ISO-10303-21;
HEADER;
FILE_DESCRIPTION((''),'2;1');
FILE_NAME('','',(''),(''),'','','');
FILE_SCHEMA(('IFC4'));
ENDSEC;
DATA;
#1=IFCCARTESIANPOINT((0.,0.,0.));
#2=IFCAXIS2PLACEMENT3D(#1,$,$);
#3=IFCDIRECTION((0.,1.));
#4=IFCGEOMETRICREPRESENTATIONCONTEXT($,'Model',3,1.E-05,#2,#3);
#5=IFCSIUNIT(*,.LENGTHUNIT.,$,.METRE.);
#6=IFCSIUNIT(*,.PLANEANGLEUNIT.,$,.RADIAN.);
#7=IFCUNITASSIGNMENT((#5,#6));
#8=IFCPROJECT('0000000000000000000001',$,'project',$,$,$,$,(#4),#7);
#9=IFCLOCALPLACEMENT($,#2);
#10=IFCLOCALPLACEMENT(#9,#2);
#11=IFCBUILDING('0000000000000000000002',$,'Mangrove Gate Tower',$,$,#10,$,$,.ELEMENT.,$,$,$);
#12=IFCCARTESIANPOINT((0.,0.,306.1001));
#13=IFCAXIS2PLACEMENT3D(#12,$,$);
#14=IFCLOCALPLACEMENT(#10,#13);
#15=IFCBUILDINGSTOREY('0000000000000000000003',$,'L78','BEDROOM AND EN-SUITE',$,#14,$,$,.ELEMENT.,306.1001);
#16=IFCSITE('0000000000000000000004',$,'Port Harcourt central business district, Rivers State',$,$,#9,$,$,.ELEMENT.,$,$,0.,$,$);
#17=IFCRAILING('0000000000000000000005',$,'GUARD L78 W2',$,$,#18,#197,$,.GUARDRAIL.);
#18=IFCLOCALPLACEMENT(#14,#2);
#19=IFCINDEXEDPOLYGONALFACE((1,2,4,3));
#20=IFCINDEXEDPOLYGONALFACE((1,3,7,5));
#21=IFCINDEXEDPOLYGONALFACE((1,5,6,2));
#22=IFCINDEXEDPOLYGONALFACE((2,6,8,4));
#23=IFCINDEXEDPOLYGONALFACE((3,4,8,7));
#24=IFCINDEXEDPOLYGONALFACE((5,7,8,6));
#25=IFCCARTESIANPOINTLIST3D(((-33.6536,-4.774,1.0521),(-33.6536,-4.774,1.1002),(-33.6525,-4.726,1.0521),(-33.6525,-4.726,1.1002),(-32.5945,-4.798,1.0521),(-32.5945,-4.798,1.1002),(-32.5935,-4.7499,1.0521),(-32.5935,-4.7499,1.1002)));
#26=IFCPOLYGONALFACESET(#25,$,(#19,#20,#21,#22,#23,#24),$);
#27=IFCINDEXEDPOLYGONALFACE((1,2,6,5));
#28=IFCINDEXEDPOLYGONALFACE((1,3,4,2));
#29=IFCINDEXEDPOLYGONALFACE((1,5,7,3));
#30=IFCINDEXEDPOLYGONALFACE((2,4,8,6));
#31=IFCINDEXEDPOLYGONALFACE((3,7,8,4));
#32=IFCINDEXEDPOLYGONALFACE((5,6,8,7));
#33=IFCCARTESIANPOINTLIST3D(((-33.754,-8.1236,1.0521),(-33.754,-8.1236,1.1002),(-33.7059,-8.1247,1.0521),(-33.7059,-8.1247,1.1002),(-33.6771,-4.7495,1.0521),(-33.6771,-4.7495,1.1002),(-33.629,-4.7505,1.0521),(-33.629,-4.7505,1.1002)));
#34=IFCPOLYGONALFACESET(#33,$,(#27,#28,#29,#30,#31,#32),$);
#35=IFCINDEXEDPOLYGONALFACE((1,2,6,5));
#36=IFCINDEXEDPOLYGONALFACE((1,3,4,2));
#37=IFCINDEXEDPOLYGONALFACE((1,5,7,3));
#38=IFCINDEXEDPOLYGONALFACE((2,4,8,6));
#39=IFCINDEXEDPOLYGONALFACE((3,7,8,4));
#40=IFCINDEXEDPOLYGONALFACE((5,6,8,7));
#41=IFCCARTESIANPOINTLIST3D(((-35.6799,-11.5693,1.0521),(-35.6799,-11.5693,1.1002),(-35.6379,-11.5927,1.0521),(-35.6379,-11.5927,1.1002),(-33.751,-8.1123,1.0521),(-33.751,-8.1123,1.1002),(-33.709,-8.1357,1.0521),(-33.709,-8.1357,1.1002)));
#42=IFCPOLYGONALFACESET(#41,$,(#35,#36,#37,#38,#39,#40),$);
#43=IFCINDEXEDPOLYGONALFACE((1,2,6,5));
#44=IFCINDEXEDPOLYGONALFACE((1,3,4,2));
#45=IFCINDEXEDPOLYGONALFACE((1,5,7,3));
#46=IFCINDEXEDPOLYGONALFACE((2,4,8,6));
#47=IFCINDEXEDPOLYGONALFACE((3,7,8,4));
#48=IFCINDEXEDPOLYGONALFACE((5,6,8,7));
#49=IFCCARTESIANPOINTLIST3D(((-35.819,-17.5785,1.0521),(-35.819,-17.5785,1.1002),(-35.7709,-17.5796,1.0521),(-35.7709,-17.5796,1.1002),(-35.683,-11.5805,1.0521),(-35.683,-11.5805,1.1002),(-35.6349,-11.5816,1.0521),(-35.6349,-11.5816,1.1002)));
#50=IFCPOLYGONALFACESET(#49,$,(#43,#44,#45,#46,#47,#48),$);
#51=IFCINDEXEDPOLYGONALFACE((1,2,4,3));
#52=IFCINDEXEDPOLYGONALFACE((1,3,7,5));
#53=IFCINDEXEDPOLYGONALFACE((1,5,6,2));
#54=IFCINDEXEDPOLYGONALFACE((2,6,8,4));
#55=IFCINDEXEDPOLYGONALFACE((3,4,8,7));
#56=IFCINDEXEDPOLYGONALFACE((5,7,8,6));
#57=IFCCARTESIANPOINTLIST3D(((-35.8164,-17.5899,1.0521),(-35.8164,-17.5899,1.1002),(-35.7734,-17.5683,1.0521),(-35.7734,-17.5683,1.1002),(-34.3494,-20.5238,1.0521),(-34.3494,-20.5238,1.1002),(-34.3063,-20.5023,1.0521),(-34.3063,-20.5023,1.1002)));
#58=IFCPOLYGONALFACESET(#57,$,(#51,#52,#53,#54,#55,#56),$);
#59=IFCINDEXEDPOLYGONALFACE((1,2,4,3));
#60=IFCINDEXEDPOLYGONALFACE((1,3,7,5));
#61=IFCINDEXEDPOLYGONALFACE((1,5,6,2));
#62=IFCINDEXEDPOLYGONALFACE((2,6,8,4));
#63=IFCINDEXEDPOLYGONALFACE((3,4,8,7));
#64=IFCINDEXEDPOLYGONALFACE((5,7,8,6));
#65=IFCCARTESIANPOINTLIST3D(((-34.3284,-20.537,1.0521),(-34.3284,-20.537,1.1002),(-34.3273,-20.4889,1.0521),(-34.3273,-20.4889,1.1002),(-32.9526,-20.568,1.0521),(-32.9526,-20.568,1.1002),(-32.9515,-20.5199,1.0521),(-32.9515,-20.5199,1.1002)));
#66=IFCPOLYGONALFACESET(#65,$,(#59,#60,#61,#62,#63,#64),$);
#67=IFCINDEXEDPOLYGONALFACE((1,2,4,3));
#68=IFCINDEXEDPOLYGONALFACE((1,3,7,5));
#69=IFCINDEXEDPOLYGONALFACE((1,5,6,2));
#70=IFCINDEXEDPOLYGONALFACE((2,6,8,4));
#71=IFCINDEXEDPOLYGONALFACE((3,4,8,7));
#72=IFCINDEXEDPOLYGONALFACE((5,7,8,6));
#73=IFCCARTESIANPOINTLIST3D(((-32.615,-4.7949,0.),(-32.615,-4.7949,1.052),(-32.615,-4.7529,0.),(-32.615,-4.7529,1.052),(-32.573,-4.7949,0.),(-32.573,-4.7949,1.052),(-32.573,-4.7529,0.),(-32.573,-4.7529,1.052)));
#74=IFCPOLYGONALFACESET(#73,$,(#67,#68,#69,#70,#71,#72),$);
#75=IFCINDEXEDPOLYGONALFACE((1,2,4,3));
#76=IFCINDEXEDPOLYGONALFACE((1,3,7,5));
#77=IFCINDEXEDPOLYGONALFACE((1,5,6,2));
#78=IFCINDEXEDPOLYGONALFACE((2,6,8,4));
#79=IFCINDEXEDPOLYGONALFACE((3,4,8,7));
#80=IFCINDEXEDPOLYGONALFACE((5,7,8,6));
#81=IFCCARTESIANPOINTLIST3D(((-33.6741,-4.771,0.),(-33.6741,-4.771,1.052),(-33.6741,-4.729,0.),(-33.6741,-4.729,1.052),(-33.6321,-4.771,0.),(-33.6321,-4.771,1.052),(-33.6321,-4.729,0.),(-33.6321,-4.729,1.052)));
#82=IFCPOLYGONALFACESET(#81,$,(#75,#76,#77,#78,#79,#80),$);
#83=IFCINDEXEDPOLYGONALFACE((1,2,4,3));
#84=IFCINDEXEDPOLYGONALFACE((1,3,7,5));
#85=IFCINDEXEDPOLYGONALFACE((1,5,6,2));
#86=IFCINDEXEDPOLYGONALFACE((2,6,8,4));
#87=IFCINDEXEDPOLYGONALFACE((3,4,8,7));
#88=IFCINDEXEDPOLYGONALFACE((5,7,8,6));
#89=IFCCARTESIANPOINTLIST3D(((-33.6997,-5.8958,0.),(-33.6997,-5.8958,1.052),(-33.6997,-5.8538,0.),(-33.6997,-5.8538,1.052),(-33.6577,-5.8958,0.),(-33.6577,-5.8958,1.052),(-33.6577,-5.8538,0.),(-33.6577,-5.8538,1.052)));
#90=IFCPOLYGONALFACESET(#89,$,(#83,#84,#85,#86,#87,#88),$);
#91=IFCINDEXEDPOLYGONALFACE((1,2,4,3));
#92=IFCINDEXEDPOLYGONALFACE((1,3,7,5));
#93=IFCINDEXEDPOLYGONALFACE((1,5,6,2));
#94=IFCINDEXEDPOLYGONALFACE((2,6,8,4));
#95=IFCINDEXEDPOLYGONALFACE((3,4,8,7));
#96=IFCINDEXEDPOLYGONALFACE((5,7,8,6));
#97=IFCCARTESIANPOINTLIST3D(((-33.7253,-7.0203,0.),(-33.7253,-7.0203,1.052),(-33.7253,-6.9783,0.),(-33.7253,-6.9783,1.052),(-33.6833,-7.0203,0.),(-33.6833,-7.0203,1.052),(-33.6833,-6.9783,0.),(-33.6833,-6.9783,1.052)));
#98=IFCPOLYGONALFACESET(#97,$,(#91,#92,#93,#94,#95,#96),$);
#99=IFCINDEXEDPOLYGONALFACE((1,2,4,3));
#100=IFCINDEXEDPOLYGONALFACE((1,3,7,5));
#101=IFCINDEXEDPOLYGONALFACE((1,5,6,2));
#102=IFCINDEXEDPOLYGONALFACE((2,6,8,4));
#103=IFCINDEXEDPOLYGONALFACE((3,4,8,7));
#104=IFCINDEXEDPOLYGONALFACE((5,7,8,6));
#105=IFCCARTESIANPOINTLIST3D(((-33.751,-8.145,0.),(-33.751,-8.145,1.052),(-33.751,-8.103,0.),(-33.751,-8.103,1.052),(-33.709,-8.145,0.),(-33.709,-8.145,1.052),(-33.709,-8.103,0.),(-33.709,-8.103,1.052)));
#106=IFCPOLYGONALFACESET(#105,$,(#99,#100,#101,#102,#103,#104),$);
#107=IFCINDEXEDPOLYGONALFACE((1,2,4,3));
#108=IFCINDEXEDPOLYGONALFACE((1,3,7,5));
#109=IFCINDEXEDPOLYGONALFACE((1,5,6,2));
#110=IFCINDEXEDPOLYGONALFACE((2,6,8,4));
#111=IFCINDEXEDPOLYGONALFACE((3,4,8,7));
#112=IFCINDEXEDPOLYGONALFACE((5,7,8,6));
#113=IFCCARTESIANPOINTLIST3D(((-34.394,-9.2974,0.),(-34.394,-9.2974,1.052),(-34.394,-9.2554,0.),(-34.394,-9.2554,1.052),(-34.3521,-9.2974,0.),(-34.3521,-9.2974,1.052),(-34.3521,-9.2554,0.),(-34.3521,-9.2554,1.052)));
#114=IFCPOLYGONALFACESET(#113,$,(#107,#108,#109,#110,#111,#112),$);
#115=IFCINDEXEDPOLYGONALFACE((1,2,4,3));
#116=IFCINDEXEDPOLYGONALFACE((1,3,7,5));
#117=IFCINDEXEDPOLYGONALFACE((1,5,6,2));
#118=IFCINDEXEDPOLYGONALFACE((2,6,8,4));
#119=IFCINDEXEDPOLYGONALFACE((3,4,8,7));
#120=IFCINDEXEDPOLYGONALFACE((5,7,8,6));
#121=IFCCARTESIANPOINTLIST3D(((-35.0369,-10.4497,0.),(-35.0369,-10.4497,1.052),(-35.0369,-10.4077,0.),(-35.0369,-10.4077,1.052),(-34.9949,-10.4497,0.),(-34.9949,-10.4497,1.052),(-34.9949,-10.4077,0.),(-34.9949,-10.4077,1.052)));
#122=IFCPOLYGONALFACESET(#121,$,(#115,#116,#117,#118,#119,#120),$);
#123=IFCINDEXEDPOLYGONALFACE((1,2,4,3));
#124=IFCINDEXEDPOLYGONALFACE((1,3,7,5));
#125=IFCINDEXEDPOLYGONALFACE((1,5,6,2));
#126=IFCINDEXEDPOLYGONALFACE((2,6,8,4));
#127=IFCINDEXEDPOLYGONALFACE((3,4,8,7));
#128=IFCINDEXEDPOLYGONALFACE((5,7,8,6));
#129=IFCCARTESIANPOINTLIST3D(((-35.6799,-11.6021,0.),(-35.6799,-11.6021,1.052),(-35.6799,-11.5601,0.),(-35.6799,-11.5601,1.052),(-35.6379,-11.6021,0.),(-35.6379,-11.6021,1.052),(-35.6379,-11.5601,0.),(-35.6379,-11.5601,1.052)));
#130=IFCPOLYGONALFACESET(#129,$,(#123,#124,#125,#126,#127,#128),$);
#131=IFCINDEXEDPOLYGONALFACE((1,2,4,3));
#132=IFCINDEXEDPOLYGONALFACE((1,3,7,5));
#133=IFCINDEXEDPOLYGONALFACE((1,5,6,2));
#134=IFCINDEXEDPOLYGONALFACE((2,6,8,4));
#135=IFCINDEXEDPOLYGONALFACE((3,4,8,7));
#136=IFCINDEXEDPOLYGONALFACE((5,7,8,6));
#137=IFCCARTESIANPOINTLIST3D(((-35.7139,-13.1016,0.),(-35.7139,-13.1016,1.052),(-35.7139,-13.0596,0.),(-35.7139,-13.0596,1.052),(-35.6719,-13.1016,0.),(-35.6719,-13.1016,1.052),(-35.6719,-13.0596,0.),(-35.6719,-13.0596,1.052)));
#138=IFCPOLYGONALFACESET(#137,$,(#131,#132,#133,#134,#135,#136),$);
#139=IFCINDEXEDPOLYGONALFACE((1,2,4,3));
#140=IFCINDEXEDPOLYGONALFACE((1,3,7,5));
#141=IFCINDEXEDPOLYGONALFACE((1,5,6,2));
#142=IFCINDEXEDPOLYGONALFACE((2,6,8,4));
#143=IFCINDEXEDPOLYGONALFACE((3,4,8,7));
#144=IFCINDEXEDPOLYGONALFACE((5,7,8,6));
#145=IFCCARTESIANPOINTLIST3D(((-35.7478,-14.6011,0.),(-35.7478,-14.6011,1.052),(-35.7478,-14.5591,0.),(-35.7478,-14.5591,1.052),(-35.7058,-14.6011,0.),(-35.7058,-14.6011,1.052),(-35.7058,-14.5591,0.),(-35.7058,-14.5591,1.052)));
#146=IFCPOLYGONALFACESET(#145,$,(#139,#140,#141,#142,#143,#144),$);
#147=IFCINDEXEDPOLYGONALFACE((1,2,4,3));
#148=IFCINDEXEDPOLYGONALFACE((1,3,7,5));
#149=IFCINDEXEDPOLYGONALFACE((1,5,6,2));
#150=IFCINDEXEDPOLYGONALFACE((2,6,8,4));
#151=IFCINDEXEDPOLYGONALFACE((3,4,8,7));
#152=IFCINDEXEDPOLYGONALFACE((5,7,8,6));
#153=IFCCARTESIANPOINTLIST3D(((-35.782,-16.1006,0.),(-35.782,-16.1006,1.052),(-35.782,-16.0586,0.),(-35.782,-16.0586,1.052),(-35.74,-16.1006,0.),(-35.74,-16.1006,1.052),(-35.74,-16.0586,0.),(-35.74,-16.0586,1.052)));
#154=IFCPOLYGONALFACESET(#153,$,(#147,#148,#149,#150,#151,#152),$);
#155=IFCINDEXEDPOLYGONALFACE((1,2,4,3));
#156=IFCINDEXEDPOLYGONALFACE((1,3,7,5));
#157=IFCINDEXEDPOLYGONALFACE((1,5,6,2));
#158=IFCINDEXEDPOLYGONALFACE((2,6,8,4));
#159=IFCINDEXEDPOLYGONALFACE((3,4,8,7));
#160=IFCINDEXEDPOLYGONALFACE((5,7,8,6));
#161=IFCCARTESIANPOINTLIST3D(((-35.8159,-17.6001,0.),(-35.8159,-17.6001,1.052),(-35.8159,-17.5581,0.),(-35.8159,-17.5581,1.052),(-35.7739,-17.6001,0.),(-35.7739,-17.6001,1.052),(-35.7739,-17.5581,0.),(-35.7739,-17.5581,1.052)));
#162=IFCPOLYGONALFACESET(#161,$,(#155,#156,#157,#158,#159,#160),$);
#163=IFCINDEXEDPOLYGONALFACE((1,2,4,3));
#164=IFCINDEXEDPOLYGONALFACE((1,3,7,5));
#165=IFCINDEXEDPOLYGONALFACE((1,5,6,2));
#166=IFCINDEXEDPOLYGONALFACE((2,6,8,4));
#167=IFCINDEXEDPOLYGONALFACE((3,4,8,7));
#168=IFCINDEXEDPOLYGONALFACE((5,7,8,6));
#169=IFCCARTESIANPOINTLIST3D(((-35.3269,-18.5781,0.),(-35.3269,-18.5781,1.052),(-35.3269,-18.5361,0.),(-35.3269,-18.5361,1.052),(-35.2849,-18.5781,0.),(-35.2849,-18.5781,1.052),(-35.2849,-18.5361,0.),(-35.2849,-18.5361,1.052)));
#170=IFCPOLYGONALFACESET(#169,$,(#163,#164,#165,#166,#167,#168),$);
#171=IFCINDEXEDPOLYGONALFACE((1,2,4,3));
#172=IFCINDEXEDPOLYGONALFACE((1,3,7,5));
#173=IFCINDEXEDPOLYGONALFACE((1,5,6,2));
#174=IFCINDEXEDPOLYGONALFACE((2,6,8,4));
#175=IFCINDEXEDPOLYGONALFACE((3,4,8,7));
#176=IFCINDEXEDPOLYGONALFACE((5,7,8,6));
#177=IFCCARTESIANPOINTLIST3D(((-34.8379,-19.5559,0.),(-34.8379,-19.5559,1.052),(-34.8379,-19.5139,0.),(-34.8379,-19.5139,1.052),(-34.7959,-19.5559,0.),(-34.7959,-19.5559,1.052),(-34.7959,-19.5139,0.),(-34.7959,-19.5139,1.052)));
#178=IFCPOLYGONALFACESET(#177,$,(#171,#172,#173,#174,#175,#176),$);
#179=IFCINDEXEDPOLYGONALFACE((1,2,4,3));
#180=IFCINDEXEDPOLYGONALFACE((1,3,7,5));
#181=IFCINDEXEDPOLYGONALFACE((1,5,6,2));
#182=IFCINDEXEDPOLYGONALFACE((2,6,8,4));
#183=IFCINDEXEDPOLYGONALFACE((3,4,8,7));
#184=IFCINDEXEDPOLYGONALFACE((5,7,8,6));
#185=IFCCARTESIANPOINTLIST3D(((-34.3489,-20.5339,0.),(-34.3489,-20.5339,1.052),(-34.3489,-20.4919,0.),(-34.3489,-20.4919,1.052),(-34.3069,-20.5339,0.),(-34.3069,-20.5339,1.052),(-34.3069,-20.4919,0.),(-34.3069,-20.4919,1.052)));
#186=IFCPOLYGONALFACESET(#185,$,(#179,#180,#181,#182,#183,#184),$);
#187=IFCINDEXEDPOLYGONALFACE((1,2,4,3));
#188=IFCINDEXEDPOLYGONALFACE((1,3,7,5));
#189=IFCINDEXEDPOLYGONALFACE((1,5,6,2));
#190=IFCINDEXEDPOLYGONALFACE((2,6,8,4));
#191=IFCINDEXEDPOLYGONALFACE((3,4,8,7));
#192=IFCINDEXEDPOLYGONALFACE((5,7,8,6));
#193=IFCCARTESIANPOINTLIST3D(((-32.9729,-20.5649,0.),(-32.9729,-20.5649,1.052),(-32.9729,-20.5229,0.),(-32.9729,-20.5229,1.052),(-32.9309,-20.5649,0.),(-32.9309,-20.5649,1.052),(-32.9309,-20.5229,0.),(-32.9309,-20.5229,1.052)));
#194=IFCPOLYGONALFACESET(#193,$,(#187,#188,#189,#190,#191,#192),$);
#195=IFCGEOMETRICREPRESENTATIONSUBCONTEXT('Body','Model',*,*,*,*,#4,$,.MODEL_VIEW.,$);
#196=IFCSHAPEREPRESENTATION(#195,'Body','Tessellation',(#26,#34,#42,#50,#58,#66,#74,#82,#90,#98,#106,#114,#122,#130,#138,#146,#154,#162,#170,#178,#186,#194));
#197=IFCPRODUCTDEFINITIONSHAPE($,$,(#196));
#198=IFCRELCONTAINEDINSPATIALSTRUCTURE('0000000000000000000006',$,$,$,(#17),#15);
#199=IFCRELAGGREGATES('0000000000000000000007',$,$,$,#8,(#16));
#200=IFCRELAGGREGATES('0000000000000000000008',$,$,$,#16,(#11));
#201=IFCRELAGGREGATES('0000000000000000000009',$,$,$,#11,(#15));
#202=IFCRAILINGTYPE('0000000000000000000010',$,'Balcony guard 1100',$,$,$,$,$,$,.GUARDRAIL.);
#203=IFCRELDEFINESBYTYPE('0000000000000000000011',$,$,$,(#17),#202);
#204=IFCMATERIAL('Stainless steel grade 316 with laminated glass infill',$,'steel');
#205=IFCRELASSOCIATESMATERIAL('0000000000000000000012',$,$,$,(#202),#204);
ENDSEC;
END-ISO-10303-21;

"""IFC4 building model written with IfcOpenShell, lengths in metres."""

from ifc_helpers import new_model, si_unit, direction, frame, origin, origin_2d, place, context, subcontext, project, spatial, rectangle, extrude, material, type_object, element, save


model = new_model("IFC4")

# Units and contexts
model_context = context("Model", 3, precision=1e-05, world=origin(), true_north=direction((0.0, 1.0)))
body_context = subcontext(model_context, "Body", "Model", "MODEL_VIEW")
ifc_project = project(units=[si_unit("LENGTHUNIT", "METRE"), si_unit("PLANEANGLEUNIT", "RADIAN")], contexts=[model_context])

# Site, building, storey
site_placement = place(None, origin())
site = spatial("IfcSite", under=ifc_project, at=site_placement, Name="Port Harcourt central business district, Rivers State", CompositionType="ELEMENT", RefElevation=0.0)
building_placement = place(site_placement, origin())
building = spatial("IfcBuilding", under=site, at=building_placement, Name="Mangrove Gate Tower", CompositionType="ELEMENT")
storey_placement = place(building_placement, frame((0.0, 0.0, 306.1001)))
storey = spatial("IfcBuildingStorey", under=building, at=storey_placement, Name="L78", Description="BEDROOM AND EN-SUITE", CompositionType="ELEMENT", Elevation=306.1001)

# Railing
ifc_material_1 = material(Name="Stainless steel grade 316 with laminated glass infill", Category="steel")
railing_type = type_object("IfcRailingType", Name="Balcony guard 1100", PredefinedType="GUARDRAIL", material=ifc_material_1)
railing_placement = place(storey_placement, frame((-32.594, -4.7739, 0.0)))
element("IfcRailing", 1, at=railing_placement, inside=storey, type_object=railing_type, Name="GUARD L78 W2", PredefinedType="GUARDRAIL", context=body_context, shape_type="SweptSolid", body=[
    extrude(rectangle(XDim=0.0481, YDim=0.0481, at=origin_2d()), frame((0.0, 0.0, 1.0762), z_axis=(-0.999745, 0.022585, 0.0), x_axis=(-0.022585, -0.999745, 0.0)), (0.0, 0.0, 1.0), 1.0593),
    extrude(rectangle(XDim=0.0481, YDim=0.0481, at=origin_2d()), frame((-1.0591, 0.0239, 1.0762), z_axis=(-0.022787, -0.99974, 0.0), x_axis=(0.99974, -0.022787, 0.0)), (0.0, 0.0, 1.0), 3.375),
    extrude(rectangle(XDim=0.0481, YDim=0.0481, at=origin_2d()), frame((-1.136, -3.3501, 1.0762), z_axis=(-0.48726, -0.873257, 0.0), x_axis=(0.873257, -0.48726, 0.0)), (0.0, 0.0, 1.0), 3.9587),
    extrude(rectangle(XDim=0.0481, YDim=0.0481, at=origin_2d()), frame((-3.0649, -6.8071, 1.0762), z_axis=(-0.022666, -0.999743, 0.0), x_axis=(0.999743, -0.022666, 0.0)), (0.0, 0.0, 1.0), 5.9995),
    extrude(rectangle(XDim=0.0481, YDim=0.0481, at=origin_2d()), frame((-3.2009, -12.8052, 1.0762), z_axis=(0.447243, -0.894412, 0.0), x_axis=(0.894412, 0.447243, 0.0)), (0.0, 0.0, 1.0), 3.2803),
    extrude(rectangle(XDim=0.0481, YDim=0.0481, at=origin_2d()), frame((-1.7339, -15.739, 1.0762), z_axis=(0.999746, -0.022528, 0.0), x_axis=(0.022528, 0.999746, 0.0)), (0.0, 0.0, 1.0), 1.3762),
    extrude(rectangle(XDim=0.042, YDim=0.042, at=origin_2d()), origin(), (0.0, 0.0, 1.0), 1.052),
    extrude(rectangle(XDim=0.042, YDim=0.042, at=origin_2d()), frame((-1.0591, 0.0239, 0.0)), (0.0, 0.0, 1.0), 1.052),
    extrude(rectangle(XDim=0.042, YDim=0.042, at=origin_2d()), frame((-1.0847, -1.1008, 0.0)), (0.0, 0.0, 1.0), 1.052),
    extrude(rectangle(XDim=0.042, YDim=0.042, at=origin_2d()), frame((-1.1104, -2.2253, 0.0)), (0.0, 0.0, 1.0), 1.052),
    extrude(rectangle(XDim=0.042, YDim=0.042, at=origin_2d()), frame((-1.136, -3.3501, 0.0)), (0.0, 0.0, 1.0), 1.052),
    extrude(rectangle(XDim=0.042, YDim=0.042, at=origin_2d()), frame((-1.7791, -4.5024, 0.0)), (0.0, 0.0, 1.0), 1.052),
    extrude(rectangle(XDim=0.042, YDim=0.042, at=origin_2d()), frame((-2.4219, -5.6548, 0.0)), (0.0, 0.0, 1.0), 1.052),
    extrude(rectangle(XDim=0.042, YDim=0.042, at=origin_2d()), frame((-3.0649, -6.8071, 0.0)), (0.0, 0.0, 1.0), 1.052),
    extrude(rectangle(XDim=0.042, YDim=0.042, at=origin_2d()), frame((-3.0989, -8.3066, 0.0)), (0.0, 0.0, 1.0), 1.052),
    extrude(rectangle(XDim=0.042, YDim=0.042, at=origin_2d()), frame((-3.1328, -9.8062, 0.0)), (0.0, 0.0, 1.0), 1.052),
    extrude(rectangle(XDim=0.042, YDim=0.042, at=origin_2d()), frame((-3.167, -11.3057, 0.0)), (0.0, 0.0, 1.0), 1.052),
    extrude(rectangle(XDim=0.042, YDim=0.042, at=origin_2d()), frame((-3.2009, -12.8052, 0.0)), (0.0, 0.0, 1.0), 1.052),
    extrude(rectangle(XDim=0.042, YDim=0.042, at=origin_2d()), frame((-2.7119, -13.7832, 0.0)), (0.0, 0.0, 1.0), 1.052),
    extrude(rectangle(XDim=0.042, YDim=0.042, at=origin_2d()), frame((-2.2229, -14.761, 0.0)), (0.0, 0.0, 1.0), 1.052),
    extrude(rectangle(XDim=0.042, YDim=0.042, at=origin_2d()), frame((-1.7339, -15.739, 0.0)), (0.0, 0.0, 1.0), 1.052),
    extrude(rectangle(XDim=0.042, YDim=0.042, at=origin_2d()), frame((-0.3579, -15.77, 0.0)), (0.0, 0.0, 1.0), 1.052),
])

save(model, "model.ifc")
